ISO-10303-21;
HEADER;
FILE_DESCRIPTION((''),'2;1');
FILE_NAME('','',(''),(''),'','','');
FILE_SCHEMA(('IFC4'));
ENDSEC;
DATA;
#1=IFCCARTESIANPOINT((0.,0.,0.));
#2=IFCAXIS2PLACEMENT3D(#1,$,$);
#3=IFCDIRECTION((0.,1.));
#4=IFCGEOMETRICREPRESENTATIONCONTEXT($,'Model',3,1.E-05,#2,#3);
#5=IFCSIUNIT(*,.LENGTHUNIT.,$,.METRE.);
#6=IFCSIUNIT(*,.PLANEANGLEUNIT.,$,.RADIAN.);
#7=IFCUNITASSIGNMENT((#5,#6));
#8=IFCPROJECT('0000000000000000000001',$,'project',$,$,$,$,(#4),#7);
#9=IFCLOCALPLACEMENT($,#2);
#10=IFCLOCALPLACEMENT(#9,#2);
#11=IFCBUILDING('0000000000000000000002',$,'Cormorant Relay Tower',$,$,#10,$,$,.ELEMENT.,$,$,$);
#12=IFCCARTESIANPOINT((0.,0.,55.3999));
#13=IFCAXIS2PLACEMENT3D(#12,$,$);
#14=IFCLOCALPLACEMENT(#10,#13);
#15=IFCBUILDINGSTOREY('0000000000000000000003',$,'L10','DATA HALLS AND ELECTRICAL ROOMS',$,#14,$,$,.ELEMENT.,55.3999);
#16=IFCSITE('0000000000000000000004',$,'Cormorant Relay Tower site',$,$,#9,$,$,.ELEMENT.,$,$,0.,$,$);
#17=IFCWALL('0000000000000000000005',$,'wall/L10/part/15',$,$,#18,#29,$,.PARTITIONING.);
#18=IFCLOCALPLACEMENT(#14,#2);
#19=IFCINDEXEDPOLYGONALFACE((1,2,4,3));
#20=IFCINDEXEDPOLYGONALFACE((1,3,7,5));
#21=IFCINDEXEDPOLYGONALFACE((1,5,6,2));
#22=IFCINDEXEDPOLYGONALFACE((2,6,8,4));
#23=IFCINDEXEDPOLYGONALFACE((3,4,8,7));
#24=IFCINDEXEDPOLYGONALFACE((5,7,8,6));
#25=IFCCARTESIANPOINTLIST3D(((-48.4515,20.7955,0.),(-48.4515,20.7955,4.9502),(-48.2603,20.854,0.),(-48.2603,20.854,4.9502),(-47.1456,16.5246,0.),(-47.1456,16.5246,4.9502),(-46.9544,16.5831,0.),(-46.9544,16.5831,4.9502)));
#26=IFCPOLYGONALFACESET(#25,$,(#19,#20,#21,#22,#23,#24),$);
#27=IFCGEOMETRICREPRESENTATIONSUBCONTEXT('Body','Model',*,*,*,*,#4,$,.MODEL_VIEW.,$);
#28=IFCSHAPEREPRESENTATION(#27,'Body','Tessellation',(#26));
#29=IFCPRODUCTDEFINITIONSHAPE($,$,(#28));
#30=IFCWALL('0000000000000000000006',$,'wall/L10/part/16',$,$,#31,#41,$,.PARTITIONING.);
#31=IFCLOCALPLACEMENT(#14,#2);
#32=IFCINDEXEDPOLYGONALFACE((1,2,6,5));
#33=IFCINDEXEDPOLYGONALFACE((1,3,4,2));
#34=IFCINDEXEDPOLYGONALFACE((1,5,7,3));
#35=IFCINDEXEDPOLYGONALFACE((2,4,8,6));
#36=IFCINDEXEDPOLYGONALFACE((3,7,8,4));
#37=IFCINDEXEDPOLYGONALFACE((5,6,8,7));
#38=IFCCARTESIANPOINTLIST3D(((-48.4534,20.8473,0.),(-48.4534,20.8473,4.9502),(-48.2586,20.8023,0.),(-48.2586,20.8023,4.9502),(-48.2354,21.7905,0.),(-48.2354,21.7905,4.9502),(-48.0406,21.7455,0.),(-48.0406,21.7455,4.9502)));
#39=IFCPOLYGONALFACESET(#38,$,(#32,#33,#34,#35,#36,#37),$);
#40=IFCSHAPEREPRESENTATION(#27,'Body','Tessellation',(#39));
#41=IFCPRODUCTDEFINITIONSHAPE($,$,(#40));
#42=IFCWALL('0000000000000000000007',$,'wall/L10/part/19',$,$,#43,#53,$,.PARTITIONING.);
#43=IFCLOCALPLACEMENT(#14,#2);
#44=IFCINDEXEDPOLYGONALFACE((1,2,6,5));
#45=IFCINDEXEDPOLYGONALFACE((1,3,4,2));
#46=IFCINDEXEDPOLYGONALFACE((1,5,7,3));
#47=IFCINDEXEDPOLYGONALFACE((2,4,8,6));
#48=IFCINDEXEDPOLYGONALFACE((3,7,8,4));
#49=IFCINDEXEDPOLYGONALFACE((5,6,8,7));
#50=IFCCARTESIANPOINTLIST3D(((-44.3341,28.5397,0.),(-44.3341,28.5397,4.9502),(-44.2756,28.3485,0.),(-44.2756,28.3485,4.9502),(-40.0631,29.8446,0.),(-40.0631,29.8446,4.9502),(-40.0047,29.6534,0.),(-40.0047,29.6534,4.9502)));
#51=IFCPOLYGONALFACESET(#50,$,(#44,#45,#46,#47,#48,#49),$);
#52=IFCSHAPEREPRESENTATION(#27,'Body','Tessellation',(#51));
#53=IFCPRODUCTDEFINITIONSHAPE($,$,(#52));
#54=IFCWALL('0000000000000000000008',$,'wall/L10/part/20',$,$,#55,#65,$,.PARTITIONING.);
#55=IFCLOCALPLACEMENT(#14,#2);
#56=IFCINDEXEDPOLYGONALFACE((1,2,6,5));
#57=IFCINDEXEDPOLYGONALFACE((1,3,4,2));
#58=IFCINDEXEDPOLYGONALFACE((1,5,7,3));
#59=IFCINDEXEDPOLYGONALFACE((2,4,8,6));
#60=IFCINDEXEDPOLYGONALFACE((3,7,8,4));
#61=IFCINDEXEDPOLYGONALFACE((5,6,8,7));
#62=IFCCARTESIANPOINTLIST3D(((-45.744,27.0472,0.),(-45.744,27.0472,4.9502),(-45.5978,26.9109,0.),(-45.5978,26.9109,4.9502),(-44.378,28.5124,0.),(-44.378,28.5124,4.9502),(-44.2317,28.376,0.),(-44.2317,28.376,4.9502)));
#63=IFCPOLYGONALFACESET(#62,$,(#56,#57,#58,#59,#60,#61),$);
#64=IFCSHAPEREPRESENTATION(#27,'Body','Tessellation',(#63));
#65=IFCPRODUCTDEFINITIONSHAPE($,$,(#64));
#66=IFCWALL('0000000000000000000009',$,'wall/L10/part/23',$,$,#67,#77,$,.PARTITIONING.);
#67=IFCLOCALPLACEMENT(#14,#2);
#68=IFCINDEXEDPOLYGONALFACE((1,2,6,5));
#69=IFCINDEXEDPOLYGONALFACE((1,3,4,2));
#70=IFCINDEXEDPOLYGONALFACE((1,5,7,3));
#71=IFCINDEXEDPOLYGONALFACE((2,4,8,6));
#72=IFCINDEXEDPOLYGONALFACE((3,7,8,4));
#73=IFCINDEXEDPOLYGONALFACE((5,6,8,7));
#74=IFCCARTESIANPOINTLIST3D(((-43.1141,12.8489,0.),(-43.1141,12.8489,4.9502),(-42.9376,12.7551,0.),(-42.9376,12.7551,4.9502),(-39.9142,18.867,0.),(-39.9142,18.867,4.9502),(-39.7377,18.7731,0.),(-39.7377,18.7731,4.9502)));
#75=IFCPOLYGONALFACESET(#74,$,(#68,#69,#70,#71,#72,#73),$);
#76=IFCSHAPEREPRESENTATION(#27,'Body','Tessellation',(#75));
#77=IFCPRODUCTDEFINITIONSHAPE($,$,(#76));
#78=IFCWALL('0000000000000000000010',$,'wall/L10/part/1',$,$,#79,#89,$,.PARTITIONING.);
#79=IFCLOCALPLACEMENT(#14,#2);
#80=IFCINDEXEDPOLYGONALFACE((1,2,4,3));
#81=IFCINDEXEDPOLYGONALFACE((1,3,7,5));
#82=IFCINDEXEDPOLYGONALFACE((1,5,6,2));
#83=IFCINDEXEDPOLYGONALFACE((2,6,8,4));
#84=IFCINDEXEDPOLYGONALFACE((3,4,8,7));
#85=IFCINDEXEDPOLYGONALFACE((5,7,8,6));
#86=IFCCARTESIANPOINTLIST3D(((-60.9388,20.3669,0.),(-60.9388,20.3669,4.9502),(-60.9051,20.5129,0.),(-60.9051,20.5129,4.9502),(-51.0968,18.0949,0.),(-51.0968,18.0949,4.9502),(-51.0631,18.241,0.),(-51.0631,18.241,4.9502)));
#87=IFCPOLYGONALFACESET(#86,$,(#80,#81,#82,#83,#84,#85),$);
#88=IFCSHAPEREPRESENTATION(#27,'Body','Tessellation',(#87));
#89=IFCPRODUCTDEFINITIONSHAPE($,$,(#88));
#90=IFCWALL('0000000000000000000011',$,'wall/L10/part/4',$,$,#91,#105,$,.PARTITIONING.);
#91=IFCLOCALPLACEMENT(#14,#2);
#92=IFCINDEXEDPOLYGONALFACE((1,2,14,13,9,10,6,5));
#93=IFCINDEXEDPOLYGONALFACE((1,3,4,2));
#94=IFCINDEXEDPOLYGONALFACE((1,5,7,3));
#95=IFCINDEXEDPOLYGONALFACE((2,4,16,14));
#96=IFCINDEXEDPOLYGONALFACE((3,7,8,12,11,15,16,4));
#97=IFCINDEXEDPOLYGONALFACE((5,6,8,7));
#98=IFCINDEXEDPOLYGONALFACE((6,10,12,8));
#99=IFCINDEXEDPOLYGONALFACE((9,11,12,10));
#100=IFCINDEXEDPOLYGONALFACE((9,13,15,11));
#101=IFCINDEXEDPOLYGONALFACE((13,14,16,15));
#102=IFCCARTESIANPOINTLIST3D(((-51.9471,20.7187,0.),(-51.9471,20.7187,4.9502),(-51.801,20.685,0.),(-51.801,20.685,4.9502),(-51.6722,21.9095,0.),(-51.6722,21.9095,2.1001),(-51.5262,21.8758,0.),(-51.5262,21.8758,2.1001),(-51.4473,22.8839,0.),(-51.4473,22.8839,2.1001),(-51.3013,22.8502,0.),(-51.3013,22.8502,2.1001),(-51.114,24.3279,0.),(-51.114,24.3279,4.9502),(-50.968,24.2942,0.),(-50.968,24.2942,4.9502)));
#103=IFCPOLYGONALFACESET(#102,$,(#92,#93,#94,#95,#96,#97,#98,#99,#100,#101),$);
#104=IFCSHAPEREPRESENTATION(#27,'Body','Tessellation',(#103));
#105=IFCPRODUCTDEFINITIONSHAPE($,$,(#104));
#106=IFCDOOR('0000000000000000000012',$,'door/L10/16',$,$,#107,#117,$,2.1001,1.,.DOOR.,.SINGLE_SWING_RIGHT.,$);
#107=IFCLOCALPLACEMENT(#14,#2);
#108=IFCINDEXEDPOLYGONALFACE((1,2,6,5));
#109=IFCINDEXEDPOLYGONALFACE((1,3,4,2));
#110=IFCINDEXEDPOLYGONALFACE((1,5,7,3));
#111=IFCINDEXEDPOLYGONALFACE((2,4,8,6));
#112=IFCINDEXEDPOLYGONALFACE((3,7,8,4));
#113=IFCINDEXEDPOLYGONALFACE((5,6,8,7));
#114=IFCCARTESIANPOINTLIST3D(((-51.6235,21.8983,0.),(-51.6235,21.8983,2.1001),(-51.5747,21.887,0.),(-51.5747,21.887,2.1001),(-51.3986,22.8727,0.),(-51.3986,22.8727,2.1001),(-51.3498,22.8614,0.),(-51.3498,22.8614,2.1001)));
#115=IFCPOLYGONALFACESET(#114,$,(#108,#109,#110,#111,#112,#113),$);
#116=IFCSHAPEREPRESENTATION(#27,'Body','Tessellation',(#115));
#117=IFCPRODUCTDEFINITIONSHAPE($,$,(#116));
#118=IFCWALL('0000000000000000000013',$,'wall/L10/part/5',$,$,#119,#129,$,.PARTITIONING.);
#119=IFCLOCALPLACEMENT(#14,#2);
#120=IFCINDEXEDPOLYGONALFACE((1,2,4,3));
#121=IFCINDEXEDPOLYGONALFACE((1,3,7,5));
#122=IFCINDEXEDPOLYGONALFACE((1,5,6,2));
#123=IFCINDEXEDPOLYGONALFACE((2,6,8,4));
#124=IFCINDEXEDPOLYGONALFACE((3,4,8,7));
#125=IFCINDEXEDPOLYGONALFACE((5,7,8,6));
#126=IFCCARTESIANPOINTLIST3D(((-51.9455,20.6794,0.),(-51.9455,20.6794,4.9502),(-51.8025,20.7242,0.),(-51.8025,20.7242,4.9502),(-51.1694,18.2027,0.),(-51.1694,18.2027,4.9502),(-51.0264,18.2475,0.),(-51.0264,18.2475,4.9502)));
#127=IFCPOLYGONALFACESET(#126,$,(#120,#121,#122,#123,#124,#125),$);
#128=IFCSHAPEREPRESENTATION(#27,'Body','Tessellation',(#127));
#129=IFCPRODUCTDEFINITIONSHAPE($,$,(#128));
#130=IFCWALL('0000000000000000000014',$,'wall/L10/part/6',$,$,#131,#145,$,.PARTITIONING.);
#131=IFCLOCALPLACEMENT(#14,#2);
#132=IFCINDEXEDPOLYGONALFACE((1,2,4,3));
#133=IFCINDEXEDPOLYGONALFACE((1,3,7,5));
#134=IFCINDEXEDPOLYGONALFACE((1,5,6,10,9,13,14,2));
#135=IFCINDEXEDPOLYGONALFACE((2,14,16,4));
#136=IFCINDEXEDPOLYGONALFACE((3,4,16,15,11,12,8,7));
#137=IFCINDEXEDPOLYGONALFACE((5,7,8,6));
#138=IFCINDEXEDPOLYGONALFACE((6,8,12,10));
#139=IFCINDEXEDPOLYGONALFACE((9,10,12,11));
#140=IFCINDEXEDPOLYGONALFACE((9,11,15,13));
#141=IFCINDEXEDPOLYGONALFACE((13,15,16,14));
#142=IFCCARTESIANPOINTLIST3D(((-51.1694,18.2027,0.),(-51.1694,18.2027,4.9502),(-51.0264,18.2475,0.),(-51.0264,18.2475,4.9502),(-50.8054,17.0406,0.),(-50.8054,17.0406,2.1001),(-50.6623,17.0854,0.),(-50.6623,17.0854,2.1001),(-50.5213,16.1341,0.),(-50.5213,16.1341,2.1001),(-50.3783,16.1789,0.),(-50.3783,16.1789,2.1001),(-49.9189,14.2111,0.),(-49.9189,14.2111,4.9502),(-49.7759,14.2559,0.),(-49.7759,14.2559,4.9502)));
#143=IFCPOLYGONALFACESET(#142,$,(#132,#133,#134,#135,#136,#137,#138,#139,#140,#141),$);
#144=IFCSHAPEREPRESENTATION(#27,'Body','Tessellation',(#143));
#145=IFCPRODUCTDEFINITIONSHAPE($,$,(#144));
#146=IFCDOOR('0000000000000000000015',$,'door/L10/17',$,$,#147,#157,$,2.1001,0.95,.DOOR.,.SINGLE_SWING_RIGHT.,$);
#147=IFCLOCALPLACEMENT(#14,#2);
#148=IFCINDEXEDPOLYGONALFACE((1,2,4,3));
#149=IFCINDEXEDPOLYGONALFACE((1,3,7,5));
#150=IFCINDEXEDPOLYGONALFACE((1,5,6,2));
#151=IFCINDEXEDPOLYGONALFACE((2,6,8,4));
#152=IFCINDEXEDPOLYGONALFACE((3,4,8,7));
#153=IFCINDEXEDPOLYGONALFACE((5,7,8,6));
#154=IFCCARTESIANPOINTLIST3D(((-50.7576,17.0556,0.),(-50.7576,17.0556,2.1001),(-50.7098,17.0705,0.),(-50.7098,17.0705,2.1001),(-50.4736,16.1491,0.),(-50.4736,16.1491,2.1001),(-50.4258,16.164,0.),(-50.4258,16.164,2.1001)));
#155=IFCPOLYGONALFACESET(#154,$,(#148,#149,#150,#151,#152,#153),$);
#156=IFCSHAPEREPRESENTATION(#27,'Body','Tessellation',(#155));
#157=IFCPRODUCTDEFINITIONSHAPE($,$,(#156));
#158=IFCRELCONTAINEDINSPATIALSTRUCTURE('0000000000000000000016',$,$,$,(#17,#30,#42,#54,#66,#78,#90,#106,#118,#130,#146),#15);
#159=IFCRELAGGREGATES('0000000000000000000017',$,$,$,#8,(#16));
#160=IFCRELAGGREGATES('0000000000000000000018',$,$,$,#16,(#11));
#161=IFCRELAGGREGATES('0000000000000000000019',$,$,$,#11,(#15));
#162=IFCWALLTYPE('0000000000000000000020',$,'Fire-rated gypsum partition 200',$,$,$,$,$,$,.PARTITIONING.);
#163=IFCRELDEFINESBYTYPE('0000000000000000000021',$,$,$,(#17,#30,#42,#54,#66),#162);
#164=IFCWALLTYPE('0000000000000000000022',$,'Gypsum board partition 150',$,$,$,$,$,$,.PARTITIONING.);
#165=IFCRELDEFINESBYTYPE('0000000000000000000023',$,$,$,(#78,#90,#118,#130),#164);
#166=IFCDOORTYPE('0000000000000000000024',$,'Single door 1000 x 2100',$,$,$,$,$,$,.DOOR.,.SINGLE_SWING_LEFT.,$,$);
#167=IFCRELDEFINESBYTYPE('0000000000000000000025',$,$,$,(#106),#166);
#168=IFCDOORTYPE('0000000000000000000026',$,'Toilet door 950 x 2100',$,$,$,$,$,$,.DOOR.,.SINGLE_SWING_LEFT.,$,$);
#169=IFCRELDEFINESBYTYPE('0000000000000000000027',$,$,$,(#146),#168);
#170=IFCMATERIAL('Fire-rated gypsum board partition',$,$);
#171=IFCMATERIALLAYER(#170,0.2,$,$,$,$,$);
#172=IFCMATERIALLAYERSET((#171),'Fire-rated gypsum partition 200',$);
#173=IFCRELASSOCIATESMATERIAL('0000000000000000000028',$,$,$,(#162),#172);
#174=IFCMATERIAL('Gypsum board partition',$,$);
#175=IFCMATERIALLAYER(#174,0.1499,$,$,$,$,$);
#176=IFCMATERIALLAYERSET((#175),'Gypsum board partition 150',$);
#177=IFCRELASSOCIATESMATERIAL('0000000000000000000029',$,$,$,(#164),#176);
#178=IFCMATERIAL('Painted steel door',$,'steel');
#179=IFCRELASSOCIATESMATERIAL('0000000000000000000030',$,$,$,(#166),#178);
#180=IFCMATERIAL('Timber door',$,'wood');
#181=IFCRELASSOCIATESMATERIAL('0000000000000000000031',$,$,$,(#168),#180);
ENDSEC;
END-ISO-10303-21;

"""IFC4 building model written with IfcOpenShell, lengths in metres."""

from ifc_helpers import new_model, si_unit, direction, frame, frame_2d, origin, place, context, subcontext, project, spatial, rectangle, extrude, material, layer, layer_set, type_object, element, fill, save


model = new_model("IFC4")

# Units and contexts
model_context = context("Model", 3, precision=1e-05, world=origin(), true_north=direction((0.0, 1.0)))
body_context = subcontext(model_context, "Body", "Model", "MODEL_VIEW")
ifc_project = project(units=[si_unit("LENGTHUNIT", "METRE"), si_unit("PLANEANGLEUNIT", "RADIAN")], contexts=[model_context])

# Site, building, storey
site_placement = place(None, origin())
site = spatial("IfcSite", under=ifc_project, at=site_placement, Name="Cormorant Relay Tower site", CompositionType="ELEMENT", RefElevation=0.0)
building_placement = place(site_placement, origin())
building = spatial("IfcBuilding", under=site, at=building_placement, Name="Cormorant Relay Tower", CompositionType="ELEMENT")
storey_placement = place(building_placement, frame((0.0, 0.0, 55.3999)))
storey = spatial("IfcBuildingStorey", under=building, at=storey_placement, Name="L10", Description="DATA HALLS AND ELECTRICAL ROOMS", CompositionType="ELEMENT", Elevation=55.3999)

# Walls
ifc_material_1 = material(Name="Fire-rated gypsum board partition")
ifc_layer_1 = layer(ifc_material_1, 0.2)
ifc_layer_set_1 = layer_set([ifc_layer_1], Name="Fire-rated gypsum partition 200")
wall_type_1 = type_object("IfcWallType", Name="Fire-rated gypsum partition 200", PredefinedType="PARTITIONING", material=ifc_layer_set_1)
wall_1_placement = place(storey_placement, frame((-47.05, 16.554, 0.0), z_axis=(0.0, 0.0, 1.0), x_axis=(-0.292399, 0.956296, 0.0)))
element("IfcWall", 1, at=wall_1_placement, inside=storey, type_object=wall_type_1, Name="wall/L10/part/15", PredefinedType="PARTITIONING", context=body_context, shape_type="SweptSolid", body=[
    extrude(rectangle(XDim=4.4661, YDim=0.2, at=frame_2d((2.2329, 0.0))), origin(), (0.0, 0.0, 1.0), 4.9502),
])
wall_2_placement = place(storey_placement, frame((-48.356, 20.825, 0.0), z_axis=(0.0, 0.0, 1.0), x_axis=(0.225228, 0.974306, 0.0)))
element("IfcWall", 2, at=wall_2_placement, inside=storey, type_object=wall_type_1, Name="wall/L10/part/16", PredefinedType="PARTITIONING", context=body_context, shape_type="SweptSolid", body=[
    extrude(rectangle(XDim=0.968, YDim=0.2, at=frame_2d((0.4839, 0.0))), origin(), (0.0, 0.0, 1.0), 4.9502),
])
wall_3_placement = place(storey_placement, frame((-40.0339, 29.749, 0.0), z_axis=(0.0, 0.0, 1.0), x_axis=(-0.956358, -0.292199, 0.0)))
element("IfcWall", 3, at=wall_3_placement, inside=storey, type_object=wall_type_1, Name="wall/L10/part/19", PredefinedType="PARTITIONING", context=body_context, shape_type="SweptSolid", body=[
    extrude(rectangle(XDim=4.4658, YDim=0.2, at=frame_2d((2.2329, 0.0))), origin(), (0.0, 0.0, 1.0), 4.9502),
])
wall_4_placement = place(storey_placement, frame((-44.3049, 28.4441, 0.0), z_axis=(0.0, 0.0, 1.0), x_axis=(-0.681932, -0.731416, 0.0)))
element("IfcWall", 4, at=wall_4_placement, inside=storey, type_object=wall_type_1, Name="wall/L10/part/20", PredefinedType="PARTITIONING", context=body_context, shape_type="SweptSolid", body=[
    extrude(rectangle(XDim=2.0032, YDim=0.2, at=frame_2d((1.0015, 0.0))), origin(), (0.0, 0.0, 1.0), 4.9502),
])
wall_5_placement = place(storey_placement, frame((-39.8259, 18.8201, 0.0), z_axis=(0.0, 0.0, 1.0), x_axis=(-0.469482, -0.882942, 0.0)))
element("IfcWall", 5, at=wall_5_placement, inside=storey, type_object=wall_type_1, Name="wall/L10/part/23", PredefinedType="PARTITIONING", context=body_context, shape_type="SweptSolid", body=[
    extrude(rectangle(XDim=6.8159, YDim=0.2, at=frame_2d((3.408, 0.0))), origin(), (0.0, 0.0, 1.0), 4.9502),
])
ifc_material_2 = material(Name="Gypsum board partition")
ifc_layer_2 = layer(ifc_material_2, 0.1499)
ifc_layer_set_2 = layer_set([ifc_layer_2], Name="Gypsum board partition 150")
wall_type_2 = type_object("IfcWallType", Name="Gypsum board partition 150", PredefinedType="PARTITIONING", material=ifc_layer_set_2)
wall_6_placement = place(storey_placement, frame((-51.0801, 18.168, 0.0), z_axis=(0.0, 0.0, 1.0), x_axis=(-0.974375, 0.224928, 0.0)))
element("IfcWall", 6, at=wall_6_placement, inside=storey, type_object=wall_type_2, Name="wall/L10/part/1", PredefinedType="PARTITIONING", context=body_context, shape_type="SweptSolid", body=[
    extrude(rectangle(XDim=10.1008, YDim=0.1499, at=frame_2d((5.0503, 0.0))), origin(), (0.0, 0.0, 1.0), 4.9502),
])

# Wall, opening, door
wall_7_placement = place(storey_placement, frame((-51.041, 24.311, 0.0), z_axis=(0.0, 0.0, 1.0), x_axis=(-0.224893, -0.974383, 0.0)))
wall_7 = element("IfcWall", 7, at=wall_7_placement, inside=storey, type_object=wall_type_2, Name="wall/L10/part/4", PredefinedType="PARTITIONING", context=body_context, shape_type="SweptSolid", body=[
    extrude(rectangle(XDim=3.7041, YDim=0.1499, at=frame_2d((1.8521, 0.0))), origin(), (0.0, 0.0, 1.0), 4.9502),
])
opening_1_placement = place(wall_7_placement, frame((1.4819, 0.0, 0.0)))
opening_1 = element("IfcOpeningElement", 8, at=opening_1_placement, cuts=wall_7, PredefinedType="OPENING", context=body_context, shape_type="SweptSolid", body=[
    extrude(rectangle(XDim=1.0, YDim=2.1001, at=frame_2d((0.5, 1.05))), frame((0.0, 0.085, 0.0), z_axis=(0.0, -1.0, 0.0), x_axis=(1.0, 0.0, 0.0)), (0.0, 0.0, 1.0), 0.1699),
])
ifc_material_3 = material(Name="Painted steel door", Category="steel")
door_type_1 = type_object("IfcDoorType", Name="Single door 1000 x 2100", OperationType="SINGLE_SWING_LEFT", PredefinedType="DOOR", material=ifc_material_3)
door_1_placement = place(opening_1_placement, frame((1.0, 0.0, 0.0), z_axis=(0.0, 0.0, 1.0), x_axis=(-1.0, 0.0, 0.0)))
door_1 = element("IfcDoor", 9, at=door_1_placement, inside=storey, type_object=door_type_1, Name="door/L10/16", OperationType="SINGLE_SWING_RIGHT", OverallHeight=2.1001, OverallWidth=1.0, PredefinedType="DOOR", context=body_context, shape_type="SweptSolid", body=[
    extrude(rectangle(XDim=1.0, YDim=2.1001, at=frame_2d((0.5, 1.05))), frame((0.0, 0.0249, 0.0), z_axis=(0.0, -1.0, 0.0), x_axis=(1.0, 0.0, 0.0)), (0.0, 0.0, 1.0), 0.05),
])
fill(opening_1, door_1)

# Wall
wall_8_placement = place(storey_placement, frame((-51.874, 20.7019, 0.0), z_axis=(0.0, 0.0, 1.0), x_axis=(0.299019, -0.954247, 0.0)))
element("IfcWall", 10, at=wall_8_placement, inside=storey, type_object=wall_type_2, Name="wall/L10/part/5", PredefinedType="PARTITIONING", context=body_context, shape_type="SweptSolid", body=[
    extrude(rectangle(XDim=2.5955, YDim=0.1499, at=frame_2d((1.2979, 0.0))), origin(), (0.0, 0.0, 1.0), 4.9502),
])

# Wall, opening, door
wall_9_placement = place(storey_placement, frame((-49.8474, 14.2336, 0.0), z_axis=(0.0, 0.0, 1.0), x_axis=(-0.298963, 0.954265, 0.0)))
wall_9 = element("IfcWall", 11, at=wall_9_placement, inside=storey, type_object=wall_type_2, Name="wall/L10/part/6", PredefinedType="PARTITIONING", context=body_context, shape_type="SweptSolid", body=[
    extrude(rectangle(XDim=4.1829, YDim=0.1499, at=frame_2d((2.0913, 0.0))), origin(), (0.0, 0.0, 1.0), 4.9502),
])
opening_2_placement = place(wall_9_placement, frame((2.0149, 0.0, 0.0)))
opening_2 = element("IfcOpeningElement", 12, at=opening_2_placement, cuts=wall_9, PredefinedType="OPENING", context=body_context, shape_type="SweptSolid", body=[
    extrude(rectangle(XDim=0.95, YDim=2.1001, at=frame_2d((0.4751, 1.05))), frame((0.0, 0.085, 0.0), z_axis=(0.0, -1.0, 0.0), x_axis=(1.0, 0.0, 0.0)), (0.0, 0.0, 1.0), 0.1699),
])
ifc_material_4 = material(Name="Timber door", Category="wood")
door_type_2 = type_object("IfcDoorType", Name="Toilet door 950 x 2100", OperationType="SINGLE_SWING_LEFT", PredefinedType="DOOR", material=ifc_material_4)
door_2_placement = place(opening_2_placement, origin())
door_2 = element("IfcDoor", 13, at=door_2_placement, inside=storey, type_object=door_type_2, Name="door/L10/17", OperationType="SINGLE_SWING_RIGHT", OverallHeight=2.1001, OverallWidth=0.95, PredefinedType="DOOR", context=body_context, shape_type="SweptSolid", body=[
    extrude(rectangle(XDim=0.95, YDim=2.1001, at=frame_2d((0.4751, 1.05))), frame((0.0, 0.0249, 0.0), z_axis=(0.0, -1.0, 0.0), x_axis=(1.0, 0.0, 0.0)), (0.0, 0.0, 1.0), 0.05),
])
fill(opening_2, door_2)

save(model, "model.ifc")
